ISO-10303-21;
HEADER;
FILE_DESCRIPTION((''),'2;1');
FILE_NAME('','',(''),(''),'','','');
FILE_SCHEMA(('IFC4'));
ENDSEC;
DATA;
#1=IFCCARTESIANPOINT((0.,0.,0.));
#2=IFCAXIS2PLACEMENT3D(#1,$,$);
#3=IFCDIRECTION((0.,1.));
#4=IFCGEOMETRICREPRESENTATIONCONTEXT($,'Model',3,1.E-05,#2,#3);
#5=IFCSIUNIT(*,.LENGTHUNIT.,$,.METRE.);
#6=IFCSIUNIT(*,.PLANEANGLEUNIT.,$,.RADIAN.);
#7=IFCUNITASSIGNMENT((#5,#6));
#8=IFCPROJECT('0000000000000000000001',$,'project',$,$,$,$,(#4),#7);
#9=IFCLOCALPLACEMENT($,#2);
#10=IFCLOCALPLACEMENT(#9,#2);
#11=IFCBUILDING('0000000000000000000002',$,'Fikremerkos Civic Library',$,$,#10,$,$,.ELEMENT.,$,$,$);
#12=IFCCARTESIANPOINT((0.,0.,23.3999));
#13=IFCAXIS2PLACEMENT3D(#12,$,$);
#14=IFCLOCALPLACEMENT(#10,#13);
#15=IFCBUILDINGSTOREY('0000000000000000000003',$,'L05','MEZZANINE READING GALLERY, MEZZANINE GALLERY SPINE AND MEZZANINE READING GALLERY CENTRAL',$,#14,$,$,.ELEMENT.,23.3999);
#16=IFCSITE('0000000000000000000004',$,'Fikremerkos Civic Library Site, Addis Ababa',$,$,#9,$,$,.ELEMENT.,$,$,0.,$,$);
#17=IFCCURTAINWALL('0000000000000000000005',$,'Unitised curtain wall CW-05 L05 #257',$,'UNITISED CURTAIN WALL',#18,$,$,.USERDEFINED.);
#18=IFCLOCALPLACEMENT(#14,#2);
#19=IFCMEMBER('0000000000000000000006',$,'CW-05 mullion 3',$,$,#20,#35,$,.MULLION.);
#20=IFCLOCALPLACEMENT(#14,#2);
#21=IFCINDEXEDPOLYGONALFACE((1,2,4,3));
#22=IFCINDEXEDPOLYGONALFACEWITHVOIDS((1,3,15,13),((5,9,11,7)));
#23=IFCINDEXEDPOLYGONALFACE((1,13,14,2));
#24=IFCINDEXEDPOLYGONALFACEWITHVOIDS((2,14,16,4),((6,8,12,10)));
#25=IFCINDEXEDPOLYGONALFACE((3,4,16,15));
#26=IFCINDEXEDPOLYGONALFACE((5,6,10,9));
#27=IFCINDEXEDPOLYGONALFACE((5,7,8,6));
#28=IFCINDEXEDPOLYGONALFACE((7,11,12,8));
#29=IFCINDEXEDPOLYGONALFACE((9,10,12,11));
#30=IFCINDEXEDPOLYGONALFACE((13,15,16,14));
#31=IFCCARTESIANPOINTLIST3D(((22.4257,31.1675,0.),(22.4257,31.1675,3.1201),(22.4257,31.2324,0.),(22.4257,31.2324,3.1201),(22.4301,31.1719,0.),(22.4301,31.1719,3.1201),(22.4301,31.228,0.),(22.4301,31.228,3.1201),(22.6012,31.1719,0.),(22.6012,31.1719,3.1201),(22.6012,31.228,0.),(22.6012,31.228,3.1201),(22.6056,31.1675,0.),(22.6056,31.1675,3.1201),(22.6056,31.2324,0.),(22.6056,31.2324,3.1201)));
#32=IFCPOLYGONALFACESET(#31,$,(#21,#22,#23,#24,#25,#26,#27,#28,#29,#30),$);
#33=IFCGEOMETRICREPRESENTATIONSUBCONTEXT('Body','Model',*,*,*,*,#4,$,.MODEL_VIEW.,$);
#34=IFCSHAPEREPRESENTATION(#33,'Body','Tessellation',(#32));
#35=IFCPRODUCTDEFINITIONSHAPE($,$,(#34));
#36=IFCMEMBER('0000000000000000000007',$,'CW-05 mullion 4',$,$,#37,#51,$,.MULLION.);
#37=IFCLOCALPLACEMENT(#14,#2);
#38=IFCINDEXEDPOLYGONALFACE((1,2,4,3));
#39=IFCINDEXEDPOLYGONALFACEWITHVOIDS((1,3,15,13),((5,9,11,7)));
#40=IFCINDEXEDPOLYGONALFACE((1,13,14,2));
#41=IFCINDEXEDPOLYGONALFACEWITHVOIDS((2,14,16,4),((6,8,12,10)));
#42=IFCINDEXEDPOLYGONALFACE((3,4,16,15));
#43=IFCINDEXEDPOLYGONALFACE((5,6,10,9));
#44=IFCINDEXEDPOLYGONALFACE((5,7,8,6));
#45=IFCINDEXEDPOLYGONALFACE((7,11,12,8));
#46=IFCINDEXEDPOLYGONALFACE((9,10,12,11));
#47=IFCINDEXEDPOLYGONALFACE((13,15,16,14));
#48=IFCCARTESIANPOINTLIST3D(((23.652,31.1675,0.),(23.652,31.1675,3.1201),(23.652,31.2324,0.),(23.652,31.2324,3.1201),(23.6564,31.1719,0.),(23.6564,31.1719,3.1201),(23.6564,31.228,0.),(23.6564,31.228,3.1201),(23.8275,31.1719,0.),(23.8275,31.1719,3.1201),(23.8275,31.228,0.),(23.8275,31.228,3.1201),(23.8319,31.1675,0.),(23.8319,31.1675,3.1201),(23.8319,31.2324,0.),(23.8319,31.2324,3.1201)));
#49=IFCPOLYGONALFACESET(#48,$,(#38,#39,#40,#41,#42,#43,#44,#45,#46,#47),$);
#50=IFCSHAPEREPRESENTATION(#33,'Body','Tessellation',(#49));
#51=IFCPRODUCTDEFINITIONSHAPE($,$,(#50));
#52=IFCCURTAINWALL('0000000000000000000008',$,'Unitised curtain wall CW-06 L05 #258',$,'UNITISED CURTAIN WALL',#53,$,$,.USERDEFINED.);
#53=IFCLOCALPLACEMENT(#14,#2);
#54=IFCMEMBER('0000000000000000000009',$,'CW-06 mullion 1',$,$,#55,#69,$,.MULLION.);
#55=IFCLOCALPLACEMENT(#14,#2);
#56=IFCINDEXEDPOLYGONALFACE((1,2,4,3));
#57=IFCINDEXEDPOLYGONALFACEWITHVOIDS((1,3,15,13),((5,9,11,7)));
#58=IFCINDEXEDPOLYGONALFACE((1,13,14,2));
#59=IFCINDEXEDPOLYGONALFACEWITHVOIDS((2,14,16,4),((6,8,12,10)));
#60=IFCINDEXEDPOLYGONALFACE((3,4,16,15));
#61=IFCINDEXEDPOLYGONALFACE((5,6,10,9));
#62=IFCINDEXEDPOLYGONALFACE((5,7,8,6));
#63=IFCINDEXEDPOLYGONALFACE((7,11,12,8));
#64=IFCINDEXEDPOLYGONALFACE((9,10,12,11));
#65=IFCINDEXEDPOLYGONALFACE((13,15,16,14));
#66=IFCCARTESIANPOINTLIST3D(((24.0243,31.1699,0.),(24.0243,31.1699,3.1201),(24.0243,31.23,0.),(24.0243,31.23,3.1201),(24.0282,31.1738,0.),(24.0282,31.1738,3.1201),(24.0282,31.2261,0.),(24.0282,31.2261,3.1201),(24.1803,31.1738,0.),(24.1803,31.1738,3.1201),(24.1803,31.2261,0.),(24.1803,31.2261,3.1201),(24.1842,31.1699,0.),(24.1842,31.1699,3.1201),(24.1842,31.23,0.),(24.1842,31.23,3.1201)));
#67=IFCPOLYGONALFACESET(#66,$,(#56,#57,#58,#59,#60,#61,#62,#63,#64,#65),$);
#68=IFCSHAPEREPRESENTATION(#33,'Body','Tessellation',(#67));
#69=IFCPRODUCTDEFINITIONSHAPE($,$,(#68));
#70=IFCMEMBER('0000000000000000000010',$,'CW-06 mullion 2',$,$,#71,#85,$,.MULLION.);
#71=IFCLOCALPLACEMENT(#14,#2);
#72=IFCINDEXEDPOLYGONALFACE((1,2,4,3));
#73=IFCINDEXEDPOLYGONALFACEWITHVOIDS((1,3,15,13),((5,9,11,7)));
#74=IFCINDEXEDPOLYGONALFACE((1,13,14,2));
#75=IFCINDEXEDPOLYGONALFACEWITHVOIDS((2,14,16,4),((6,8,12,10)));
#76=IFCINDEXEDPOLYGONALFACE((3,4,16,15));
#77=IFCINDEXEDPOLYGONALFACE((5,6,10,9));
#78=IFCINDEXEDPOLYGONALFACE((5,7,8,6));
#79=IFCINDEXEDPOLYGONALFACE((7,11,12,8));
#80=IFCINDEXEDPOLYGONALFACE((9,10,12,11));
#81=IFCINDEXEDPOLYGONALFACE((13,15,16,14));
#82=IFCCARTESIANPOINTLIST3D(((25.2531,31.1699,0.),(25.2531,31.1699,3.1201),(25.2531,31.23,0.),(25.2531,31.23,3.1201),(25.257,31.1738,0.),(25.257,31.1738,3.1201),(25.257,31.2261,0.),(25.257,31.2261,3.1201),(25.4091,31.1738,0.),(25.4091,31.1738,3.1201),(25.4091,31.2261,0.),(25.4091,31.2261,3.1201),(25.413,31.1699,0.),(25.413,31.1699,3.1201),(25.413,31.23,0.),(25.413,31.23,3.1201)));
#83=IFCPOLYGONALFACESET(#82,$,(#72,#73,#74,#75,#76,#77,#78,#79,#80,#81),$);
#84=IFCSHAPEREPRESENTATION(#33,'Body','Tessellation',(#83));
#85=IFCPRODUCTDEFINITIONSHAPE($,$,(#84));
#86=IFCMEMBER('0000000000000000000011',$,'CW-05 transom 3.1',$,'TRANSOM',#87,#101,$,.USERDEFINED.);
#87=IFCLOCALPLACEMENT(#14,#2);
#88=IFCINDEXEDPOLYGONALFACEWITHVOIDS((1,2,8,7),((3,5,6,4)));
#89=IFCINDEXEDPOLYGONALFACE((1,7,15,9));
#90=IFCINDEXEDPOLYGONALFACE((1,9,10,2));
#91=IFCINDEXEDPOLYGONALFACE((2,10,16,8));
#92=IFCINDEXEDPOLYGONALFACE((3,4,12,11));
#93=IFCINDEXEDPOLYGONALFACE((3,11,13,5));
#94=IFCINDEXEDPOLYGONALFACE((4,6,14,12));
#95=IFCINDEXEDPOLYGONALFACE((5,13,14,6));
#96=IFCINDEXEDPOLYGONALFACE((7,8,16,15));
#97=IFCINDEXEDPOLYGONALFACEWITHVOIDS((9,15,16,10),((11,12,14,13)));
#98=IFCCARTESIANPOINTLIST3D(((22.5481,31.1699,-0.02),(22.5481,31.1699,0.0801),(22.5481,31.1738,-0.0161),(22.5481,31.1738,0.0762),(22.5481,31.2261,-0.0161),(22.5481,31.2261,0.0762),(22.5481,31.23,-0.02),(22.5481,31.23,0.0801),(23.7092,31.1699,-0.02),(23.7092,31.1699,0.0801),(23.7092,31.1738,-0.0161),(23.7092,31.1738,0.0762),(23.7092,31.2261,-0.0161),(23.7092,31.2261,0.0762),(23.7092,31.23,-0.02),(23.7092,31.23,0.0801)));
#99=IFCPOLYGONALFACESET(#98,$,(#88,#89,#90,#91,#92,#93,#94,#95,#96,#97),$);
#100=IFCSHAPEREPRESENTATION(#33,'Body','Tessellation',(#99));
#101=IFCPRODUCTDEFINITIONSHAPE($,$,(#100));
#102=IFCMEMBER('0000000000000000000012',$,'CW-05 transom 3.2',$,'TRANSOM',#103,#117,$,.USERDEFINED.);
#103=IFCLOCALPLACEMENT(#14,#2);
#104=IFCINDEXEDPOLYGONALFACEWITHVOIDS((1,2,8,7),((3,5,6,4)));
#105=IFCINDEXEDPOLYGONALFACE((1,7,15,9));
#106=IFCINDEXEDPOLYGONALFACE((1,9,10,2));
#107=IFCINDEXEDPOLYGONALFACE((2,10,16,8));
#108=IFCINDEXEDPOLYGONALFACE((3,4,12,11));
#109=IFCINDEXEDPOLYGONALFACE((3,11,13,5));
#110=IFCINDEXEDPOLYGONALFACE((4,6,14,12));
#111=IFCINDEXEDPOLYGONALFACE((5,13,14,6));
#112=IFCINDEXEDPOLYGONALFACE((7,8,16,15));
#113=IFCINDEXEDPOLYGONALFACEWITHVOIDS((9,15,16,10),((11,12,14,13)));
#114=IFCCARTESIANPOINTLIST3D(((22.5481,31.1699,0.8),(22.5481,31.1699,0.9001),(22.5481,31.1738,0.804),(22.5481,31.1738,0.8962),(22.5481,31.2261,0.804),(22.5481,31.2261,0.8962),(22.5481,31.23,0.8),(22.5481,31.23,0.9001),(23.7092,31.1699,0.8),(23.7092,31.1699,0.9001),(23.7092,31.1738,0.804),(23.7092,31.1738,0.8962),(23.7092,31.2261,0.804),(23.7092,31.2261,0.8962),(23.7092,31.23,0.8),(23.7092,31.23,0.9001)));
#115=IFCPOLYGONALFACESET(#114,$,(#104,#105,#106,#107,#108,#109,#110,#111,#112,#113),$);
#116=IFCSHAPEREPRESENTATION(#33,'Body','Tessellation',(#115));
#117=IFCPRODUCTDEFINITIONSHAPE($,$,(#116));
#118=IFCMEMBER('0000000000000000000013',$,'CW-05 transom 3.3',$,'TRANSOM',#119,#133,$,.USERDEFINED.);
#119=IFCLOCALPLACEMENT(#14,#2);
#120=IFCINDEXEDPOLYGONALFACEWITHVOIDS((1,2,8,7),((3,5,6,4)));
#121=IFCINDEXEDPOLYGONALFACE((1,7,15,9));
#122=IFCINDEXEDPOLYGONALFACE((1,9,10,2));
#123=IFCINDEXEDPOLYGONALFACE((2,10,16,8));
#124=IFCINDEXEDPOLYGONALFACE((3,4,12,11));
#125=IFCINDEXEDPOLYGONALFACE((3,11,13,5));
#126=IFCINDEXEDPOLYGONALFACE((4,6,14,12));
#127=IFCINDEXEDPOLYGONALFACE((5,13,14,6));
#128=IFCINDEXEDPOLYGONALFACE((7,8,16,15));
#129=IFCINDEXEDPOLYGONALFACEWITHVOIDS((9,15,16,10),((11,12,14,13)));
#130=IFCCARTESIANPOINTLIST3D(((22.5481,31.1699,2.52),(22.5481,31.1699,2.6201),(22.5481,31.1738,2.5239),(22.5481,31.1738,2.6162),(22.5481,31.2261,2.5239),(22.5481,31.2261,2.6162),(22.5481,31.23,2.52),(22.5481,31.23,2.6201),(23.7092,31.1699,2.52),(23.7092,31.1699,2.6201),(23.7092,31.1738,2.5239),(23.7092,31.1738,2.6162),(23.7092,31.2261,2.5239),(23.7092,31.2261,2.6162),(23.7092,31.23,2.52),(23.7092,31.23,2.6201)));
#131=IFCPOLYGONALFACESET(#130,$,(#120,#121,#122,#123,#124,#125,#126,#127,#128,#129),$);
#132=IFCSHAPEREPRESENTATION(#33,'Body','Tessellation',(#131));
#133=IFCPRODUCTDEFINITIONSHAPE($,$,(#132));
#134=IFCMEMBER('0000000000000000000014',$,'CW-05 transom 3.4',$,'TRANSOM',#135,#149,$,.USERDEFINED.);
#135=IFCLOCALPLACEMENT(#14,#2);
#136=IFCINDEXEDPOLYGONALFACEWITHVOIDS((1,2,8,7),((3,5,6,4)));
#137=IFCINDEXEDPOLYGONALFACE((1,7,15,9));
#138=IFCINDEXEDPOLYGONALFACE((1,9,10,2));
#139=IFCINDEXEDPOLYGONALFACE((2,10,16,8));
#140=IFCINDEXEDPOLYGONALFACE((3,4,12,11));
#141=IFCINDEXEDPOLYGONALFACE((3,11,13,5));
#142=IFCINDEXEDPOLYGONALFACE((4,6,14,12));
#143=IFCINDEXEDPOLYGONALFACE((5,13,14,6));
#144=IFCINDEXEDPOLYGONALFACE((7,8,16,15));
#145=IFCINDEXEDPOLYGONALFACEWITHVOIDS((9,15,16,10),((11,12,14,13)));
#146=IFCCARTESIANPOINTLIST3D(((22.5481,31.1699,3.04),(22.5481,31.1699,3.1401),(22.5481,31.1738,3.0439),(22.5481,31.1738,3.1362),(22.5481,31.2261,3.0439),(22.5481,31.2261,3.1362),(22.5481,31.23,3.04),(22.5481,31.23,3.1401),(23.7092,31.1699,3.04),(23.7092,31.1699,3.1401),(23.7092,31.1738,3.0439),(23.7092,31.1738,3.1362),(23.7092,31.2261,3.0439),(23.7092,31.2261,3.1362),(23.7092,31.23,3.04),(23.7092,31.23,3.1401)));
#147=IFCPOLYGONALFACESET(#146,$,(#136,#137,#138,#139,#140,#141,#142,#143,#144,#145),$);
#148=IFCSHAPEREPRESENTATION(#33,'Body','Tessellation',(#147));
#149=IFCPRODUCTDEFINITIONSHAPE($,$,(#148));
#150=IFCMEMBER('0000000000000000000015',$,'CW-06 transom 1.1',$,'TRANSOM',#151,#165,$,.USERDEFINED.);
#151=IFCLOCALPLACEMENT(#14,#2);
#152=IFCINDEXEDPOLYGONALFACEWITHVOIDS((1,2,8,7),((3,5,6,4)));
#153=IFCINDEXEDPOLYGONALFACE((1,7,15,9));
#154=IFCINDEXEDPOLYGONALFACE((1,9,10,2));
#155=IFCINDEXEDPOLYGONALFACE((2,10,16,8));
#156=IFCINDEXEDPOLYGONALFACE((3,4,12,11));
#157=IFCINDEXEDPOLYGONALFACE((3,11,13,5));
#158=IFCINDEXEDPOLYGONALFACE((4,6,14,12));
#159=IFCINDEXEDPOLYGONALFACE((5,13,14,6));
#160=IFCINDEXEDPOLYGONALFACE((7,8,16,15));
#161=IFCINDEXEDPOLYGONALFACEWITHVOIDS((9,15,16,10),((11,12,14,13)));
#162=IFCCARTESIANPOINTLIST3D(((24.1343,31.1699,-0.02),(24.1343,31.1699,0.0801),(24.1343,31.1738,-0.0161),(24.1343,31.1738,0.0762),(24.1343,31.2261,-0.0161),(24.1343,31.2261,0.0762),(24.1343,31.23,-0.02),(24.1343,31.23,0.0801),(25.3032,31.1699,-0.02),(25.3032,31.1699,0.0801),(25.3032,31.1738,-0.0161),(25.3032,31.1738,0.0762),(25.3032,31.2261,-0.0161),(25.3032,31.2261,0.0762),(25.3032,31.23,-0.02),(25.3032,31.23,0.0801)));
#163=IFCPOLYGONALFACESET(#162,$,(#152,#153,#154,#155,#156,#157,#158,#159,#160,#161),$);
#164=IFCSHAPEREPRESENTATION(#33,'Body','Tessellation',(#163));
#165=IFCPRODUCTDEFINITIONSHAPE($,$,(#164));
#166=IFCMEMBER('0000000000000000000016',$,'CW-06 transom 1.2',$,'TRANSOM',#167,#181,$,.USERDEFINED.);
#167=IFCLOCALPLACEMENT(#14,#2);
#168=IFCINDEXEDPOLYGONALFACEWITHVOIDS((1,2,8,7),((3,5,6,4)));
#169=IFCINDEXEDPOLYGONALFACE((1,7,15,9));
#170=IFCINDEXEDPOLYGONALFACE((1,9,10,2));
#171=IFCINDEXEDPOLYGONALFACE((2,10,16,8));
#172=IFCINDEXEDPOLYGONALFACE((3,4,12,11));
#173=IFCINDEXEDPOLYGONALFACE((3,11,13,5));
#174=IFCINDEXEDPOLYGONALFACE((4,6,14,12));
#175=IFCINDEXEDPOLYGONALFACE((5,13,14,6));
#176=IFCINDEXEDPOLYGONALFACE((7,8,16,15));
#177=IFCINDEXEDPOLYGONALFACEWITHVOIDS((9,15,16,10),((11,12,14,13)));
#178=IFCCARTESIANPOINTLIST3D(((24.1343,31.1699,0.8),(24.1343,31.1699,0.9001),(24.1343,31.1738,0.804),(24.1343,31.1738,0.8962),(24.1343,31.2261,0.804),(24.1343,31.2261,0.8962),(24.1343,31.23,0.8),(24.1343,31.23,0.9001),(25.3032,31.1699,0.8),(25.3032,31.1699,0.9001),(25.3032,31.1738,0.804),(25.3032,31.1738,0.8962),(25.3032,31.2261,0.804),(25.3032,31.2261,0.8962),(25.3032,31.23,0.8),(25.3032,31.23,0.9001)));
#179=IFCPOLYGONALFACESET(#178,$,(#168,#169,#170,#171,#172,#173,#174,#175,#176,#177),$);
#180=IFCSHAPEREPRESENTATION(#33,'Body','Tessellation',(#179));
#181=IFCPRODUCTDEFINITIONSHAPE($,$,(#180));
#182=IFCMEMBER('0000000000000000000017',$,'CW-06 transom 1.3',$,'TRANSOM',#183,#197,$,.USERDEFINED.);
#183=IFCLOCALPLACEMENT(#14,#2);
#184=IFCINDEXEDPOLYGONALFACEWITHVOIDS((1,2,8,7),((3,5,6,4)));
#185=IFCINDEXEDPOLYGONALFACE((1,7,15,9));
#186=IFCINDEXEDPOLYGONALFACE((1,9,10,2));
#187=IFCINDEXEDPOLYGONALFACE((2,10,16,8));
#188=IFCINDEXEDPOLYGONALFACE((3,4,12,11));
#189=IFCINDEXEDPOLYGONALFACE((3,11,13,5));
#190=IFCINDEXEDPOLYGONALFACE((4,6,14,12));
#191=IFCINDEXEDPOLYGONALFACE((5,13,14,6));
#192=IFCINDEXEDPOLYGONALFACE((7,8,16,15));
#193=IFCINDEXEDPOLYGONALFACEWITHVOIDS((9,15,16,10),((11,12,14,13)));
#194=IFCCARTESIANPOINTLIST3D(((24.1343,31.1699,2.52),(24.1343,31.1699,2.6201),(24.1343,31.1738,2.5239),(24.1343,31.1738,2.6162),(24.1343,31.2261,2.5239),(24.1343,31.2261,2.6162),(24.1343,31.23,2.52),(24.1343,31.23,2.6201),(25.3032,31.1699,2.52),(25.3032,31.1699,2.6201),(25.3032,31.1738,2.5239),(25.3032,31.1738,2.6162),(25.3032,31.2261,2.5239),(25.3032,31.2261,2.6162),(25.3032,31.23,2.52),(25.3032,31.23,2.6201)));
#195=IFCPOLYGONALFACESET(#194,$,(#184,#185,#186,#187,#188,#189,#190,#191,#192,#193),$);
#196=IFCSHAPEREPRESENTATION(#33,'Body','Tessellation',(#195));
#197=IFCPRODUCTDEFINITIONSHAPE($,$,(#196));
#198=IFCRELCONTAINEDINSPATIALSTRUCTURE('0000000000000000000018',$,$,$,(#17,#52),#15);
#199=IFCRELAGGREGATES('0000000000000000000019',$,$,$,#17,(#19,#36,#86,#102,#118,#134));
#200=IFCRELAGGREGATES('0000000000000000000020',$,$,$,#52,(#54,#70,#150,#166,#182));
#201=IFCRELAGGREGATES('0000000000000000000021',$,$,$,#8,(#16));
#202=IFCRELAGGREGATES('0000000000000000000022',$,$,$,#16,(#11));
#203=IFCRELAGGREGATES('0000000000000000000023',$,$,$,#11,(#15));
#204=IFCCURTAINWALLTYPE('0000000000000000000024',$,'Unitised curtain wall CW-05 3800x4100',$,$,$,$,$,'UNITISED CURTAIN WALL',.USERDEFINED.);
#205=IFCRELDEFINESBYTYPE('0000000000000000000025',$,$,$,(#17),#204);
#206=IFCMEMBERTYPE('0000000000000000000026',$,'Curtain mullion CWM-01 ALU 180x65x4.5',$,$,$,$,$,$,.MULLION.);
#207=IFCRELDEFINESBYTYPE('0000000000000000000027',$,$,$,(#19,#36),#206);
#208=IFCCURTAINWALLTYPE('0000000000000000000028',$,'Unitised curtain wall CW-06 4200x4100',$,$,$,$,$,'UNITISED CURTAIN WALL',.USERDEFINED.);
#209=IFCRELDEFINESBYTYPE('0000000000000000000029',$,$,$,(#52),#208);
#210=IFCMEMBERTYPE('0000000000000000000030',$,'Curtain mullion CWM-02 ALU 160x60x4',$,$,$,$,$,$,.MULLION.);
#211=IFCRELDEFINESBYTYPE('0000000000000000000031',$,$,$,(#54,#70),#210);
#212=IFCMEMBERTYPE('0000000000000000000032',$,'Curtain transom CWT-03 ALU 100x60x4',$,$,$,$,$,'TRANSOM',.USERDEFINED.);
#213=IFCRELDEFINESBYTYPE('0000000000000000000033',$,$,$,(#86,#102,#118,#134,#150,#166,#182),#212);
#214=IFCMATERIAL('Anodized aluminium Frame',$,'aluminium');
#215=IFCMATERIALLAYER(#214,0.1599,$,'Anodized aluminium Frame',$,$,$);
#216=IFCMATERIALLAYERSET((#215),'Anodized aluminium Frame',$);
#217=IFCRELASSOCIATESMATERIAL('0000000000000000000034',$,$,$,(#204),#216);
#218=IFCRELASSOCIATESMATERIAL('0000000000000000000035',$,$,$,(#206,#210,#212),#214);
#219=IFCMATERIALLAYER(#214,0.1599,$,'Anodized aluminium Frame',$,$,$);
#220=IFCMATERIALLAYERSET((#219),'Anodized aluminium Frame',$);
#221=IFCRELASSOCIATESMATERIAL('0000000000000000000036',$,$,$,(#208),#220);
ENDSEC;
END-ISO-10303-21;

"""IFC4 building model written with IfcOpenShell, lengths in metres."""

from ifc_helpers import new_model, si_unit, direction, frame, origin, origin_2d, place, context, subcontext, project, spatial, hollow_rectangle, extrude, material, layer, layer_set, material_profile, profile_set, type_object, element, aggregate, save


model = new_model("IFC4")

# Units and contexts
model_context = context("Model", 3, precision=1e-05, world=origin(), true_north=direction((0.0, 1.0)))
body_context = subcontext(model_context, "Body", "Model", "MODEL_VIEW")
ifc_project = project(units=[si_unit("LENGTHUNIT", "METRE"), si_unit("PLANEANGLEUNIT", "RADIAN")], contexts=[model_context])

# Site, building, storey
site_placement = place(None, origin())
site = spatial("IfcSite", under=ifc_project, at=site_placement, Name="Fikremerkos Civic Library Site, Addis Ababa", CompositionType="ELEMENT", RefElevation=0.0)
building_placement = place(site_placement, origin())
building = spatial("IfcBuilding", under=site, at=building_placement, Name="Fikremerkos Civic Library", CompositionType="ELEMENT")
storey_placement = place(building_placement, frame((0.0, 0.0, 23.3999)))
storey = spatial("IfcBuildingStorey", under=building, at=storey_placement, Name="L05", Description="MEZZANINE READING GALLERY, MEZZANINE GALLERY SPINE AND MEZZANINE READING GALLERY CENTRAL", CompositionType="ELEMENT", Elevation=23.3999)

# Curtain walls, members
ifc_material_1 = material(Name="Anodized aluminium Frame", Category="aluminium")
ifc_layer_1 = layer(ifc_material_1, 0.1599, Name="Anodized aluminium Frame")
ifc_layer_set_1 = layer_set([ifc_layer_1], Name="Anodized aluminium Frame")
curtain_wall_type_1 = type_object("IfcCurtainWallType", Name="Unitised curtain wall CW-05 3800x4100", ElementType="UNITISED CURTAIN WALL", PredefinedType="USERDEFINED", material=ifc_layer_set_1)
curtain_wall_1_placement = place(storey_placement, origin())
curtain_wall_1 = element("IfcCurtainWall", 1, at=curtain_wall_1_placement, inside=storey, type_object=curtain_wall_type_1, Name="Unitised curtain wall CW-05 L05 #257", ObjectType="UNITISED CURTAIN WALL", PredefinedType="USERDEFINED")
ifc_material_profile_1 = material_profile(ifc_material_1, hollow_rectangle(XDim=0.0649, YDim=0.1799, WallThickness=0.0044, at=origin_2d()), Name="ALU 180x65x4.5")
ifc_profile_set_1 = profile_set([ifc_material_profile_1], Name="Anodized aluminium Frame")
member_type_1 = type_object("IfcMemberType", Name="Curtain mullion CWM-01 ALU 180x65x4.5", PredefinedType="MULLION", material=ifc_profile_set_1)
member_1_placement = place(storey_placement, frame((22.5156, 31.2, 0.0), z_axis=(0.0, 0.0, 1.0), x_axis=(0.0, 1.0, 0.0)))
member_1 = element("IfcMember", 2, at=member_1_placement, type_object=member_type_1, Name="CW-05 mullion 3", PredefinedType="MULLION", context=body_context, shape_type="SweptSolid", body=[
    extrude(hollow_rectangle(XDim=0.0649, YDim=0.1799, WallThickness=0.0044, at=origin_2d()), origin(), (0.0, 0.0, 1.0), 3.1201),
])
member_2_placement = place(storey_placement, frame((23.7419, 31.2, 0.0), z_axis=(0.0, 0.0, 1.0), x_axis=(0.0, 1.0, 0.0)))
member_2 = element("IfcMember", 3, at=member_2_placement, type_object=member_type_1, Name="CW-05 mullion 4", PredefinedType="MULLION", context=body_context, shape_type="SweptSolid", body=[
    extrude(hollow_rectangle(XDim=0.0649, YDim=0.1799, WallThickness=0.0044, at=origin_2d()), origin(), (0.0, 0.0, 1.0), 3.1201),
])
ifc_layer_2 = layer(ifc_material_1, 0.1599, Name="Anodized aluminium Frame")
ifc_layer_set_2 = layer_set([ifc_layer_2], Name="Anodized aluminium Frame")
curtain_wall_type_2 = type_object("IfcCurtainWallType", Name="Unitised curtain wall CW-06 4200x4100", ElementType="UNITISED CURTAIN WALL", PredefinedType="USERDEFINED", material=ifc_layer_set_2)
curtain_wall_2_placement = place(storey_placement, origin())
curtain_wall_2 = element("IfcCurtainWall", 4, at=curtain_wall_2_placement, inside=storey, type_object=curtain_wall_type_2, Name="Unitised curtain wall CW-06 L05 #258", ObjectType="UNITISED CURTAIN WALL", PredefinedType="USERDEFINED")
ifc_material_profile_2 = material_profile(ifc_material_1, hollow_rectangle(XDim=0.0601, YDim=0.1599, WallThickness=0.0039, at=origin_2d()), Name="ALU 160x60x4")
ifc_profile_set_2 = profile_set([ifc_material_profile_2], Name="Anodized aluminium Frame")
member_type_2 = type_object("IfcMemberType", Name="Curtain mullion CWM-02 ALU 160x60x4", PredefinedType="MULLION", material=ifc_profile_set_2)
member_3_placement = place(storey_placement, frame((24.1042, 31.2, 0.0), z_axis=(0.0, 0.0, 1.0), x_axis=(0.0, 1.0, 0.0)))
member_3 = element("IfcMember", 5, at=member_3_placement, type_object=member_type_2, Name="CW-06 mullion 1", PredefinedType="MULLION", context=body_context, shape_type="SweptSolid", body=[
    extrude(hollow_rectangle(XDim=0.0601, YDim=0.1599, WallThickness=0.0039, at=origin_2d()), origin(), (0.0, 0.0, 1.0), 3.1201),
])
member_4_placement = place(storey_placement, frame((25.333, 31.2, 0.0), z_axis=(0.0, 0.0, 1.0), x_axis=(0.0, 1.0, 0.0)))
member_4 = element("IfcMember", 6, at=member_4_placement, type_object=member_type_2, Name="CW-06 mullion 2", PredefinedType="MULLION", context=body_context, shape_type="SweptSolid", body=[
    extrude(hollow_rectangle(XDim=0.0601, YDim=0.1599, WallThickness=0.0039, at=origin_2d()), origin(), (0.0, 0.0, 1.0), 3.1201),
])

# Members
ifc_material_profile_3 = material_profile(ifc_material_1, hollow_rectangle(XDim=0.0601, YDim=0.1001, WallThickness=0.0039, at=origin_2d()), Name="ALU 100x60x4")
ifc_profile_set_3 = profile_set([ifc_material_profile_3], Name="Anodized aluminium Frame")
member_type_3 = type_object("IfcMemberType", Name="Curtain transom CWT-03 ALU 100x60x4", ElementType="TRANSOM", PredefinedType="USERDEFINED", material=ifc_profile_set_3)
member_5_placement = place(storey_placement, frame((22.5481, 31.2, 0.03), z_axis=(1.0, 0.0, 0.0), x_axis=(0.0, 1.0, 0.0)))
member_5 = element("IfcMember", 7, at=member_5_placement, type_object=member_type_3, Name="CW-05 transom 3.1", ObjectType="TRANSOM", PredefinedType="USERDEFINED", context=body_context, shape_type="SweptSolid", body=[
    extrude(hollow_rectangle(XDim=0.0601, YDim=0.1001, WallThickness=0.0039, at=origin_2d()), origin(), (0.0, 0.0, 1.0), 1.1611),
])
member_6_placement = place(storey_placement, frame((22.5481, 31.2, 0.8501), z_axis=(1.0, 0.0, 0.0), x_axis=(0.0, 1.0, 0.0)))
member_6 = element("IfcMember", 8, at=member_6_placement, type_object=member_type_3, Name="CW-05 transom 3.2", ObjectType="TRANSOM", PredefinedType="USERDEFINED", context=body_context, shape_type="SweptSolid", body=[
    extrude(hollow_rectangle(XDim=0.0601, YDim=0.1001, WallThickness=0.0039, at=origin_2d()), origin(), (0.0, 0.0, 1.0), 1.1611),
])
member_7_placement = place(storey_placement, frame((22.5481, 31.2, 2.5701), z_axis=(1.0, 0.0, 0.0), x_axis=(0.0, 1.0, 0.0)))
member_7 = element("IfcMember", 9, at=member_7_placement, type_object=member_type_3, Name="CW-05 transom 3.3", ObjectType="TRANSOM", PredefinedType="USERDEFINED", context=body_context, shape_type="SweptSolid", body=[
    extrude(hollow_rectangle(XDim=0.0601, YDim=0.1001, WallThickness=0.0039, at=origin_2d()), origin(), (0.0, 0.0, 1.0), 1.1611),
])
member_8_placement = place(storey_placement, frame((22.5481, 31.2, 3.0901), z_axis=(1.0, 0.0, 0.0), x_axis=(0.0, 1.0, 0.0)))
member_8 = element("IfcMember", 10, at=member_8_placement, type_object=member_type_3, Name="CW-05 transom 3.4", ObjectType="TRANSOM", PredefinedType="USERDEFINED", context=body_context, shape_type="SweptSolid", body=[
    extrude(hollow_rectangle(XDim=0.0601, YDim=0.1001, WallThickness=0.0039, at=origin_2d()), origin(), (0.0, 0.0, 1.0), 1.1611),
])
member_9_placement = place(storey_placement, frame((24.1343, 31.2, 0.03), z_axis=(1.0, 0.0, 0.0), x_axis=(0.0, 1.0, 0.0)))
member_9 = element("IfcMember", 11, at=member_9_placement, type_object=member_type_3, Name="CW-06 transom 1.1", ObjectType="TRANSOM", PredefinedType="USERDEFINED", context=body_context, shape_type="SweptSolid", body=[
    extrude(hollow_rectangle(XDim=0.0601, YDim=0.1001, WallThickness=0.0039, at=origin_2d()), origin(), (0.0, 0.0, 1.0), 1.1689),
])
member_10_placement = place(storey_placement, frame((24.1343, 31.2, 0.8501), z_axis=(1.0, 0.0, 0.0), x_axis=(0.0, 1.0, 0.0)))
member_10 = element("IfcMember", 12, at=member_10_placement, type_object=member_type_3, Name="CW-06 transom 1.2", ObjectType="TRANSOM", PredefinedType="USERDEFINED", context=body_context, shape_type="SweptSolid", body=[
    extrude(hollow_rectangle(XDim=0.0601, YDim=0.1001, WallThickness=0.0039, at=origin_2d()), origin(), (0.0, 0.0, 1.0), 1.1689),
])
member_11_placement = place(storey_placement, frame((24.1343, 31.2, 2.5701), z_axis=(1.0, 0.0, 0.0), x_axis=(0.0, 1.0, 0.0)))
member_11 = element("IfcMember", 13, at=member_11_placement, type_object=member_type_3, Name="CW-06 transom 1.3", ObjectType="TRANSOM", PredefinedType="USERDEFINED", context=body_context, shape_type="SweptSolid", body=[
    extrude(hollow_rectangle(XDim=0.0601, YDim=0.1001, WallThickness=0.0039, at=origin_2d()), origin(), (0.0, 0.0, 1.0), 1.1689),
])

aggregate(curtain_wall_1, [member_1, member_2, member_5, member_6, member_7, member_8])
aggregate(curtain_wall_2, [member_3, member_4, member_9, member_10, member_11])

save(model, "model.ifc")
